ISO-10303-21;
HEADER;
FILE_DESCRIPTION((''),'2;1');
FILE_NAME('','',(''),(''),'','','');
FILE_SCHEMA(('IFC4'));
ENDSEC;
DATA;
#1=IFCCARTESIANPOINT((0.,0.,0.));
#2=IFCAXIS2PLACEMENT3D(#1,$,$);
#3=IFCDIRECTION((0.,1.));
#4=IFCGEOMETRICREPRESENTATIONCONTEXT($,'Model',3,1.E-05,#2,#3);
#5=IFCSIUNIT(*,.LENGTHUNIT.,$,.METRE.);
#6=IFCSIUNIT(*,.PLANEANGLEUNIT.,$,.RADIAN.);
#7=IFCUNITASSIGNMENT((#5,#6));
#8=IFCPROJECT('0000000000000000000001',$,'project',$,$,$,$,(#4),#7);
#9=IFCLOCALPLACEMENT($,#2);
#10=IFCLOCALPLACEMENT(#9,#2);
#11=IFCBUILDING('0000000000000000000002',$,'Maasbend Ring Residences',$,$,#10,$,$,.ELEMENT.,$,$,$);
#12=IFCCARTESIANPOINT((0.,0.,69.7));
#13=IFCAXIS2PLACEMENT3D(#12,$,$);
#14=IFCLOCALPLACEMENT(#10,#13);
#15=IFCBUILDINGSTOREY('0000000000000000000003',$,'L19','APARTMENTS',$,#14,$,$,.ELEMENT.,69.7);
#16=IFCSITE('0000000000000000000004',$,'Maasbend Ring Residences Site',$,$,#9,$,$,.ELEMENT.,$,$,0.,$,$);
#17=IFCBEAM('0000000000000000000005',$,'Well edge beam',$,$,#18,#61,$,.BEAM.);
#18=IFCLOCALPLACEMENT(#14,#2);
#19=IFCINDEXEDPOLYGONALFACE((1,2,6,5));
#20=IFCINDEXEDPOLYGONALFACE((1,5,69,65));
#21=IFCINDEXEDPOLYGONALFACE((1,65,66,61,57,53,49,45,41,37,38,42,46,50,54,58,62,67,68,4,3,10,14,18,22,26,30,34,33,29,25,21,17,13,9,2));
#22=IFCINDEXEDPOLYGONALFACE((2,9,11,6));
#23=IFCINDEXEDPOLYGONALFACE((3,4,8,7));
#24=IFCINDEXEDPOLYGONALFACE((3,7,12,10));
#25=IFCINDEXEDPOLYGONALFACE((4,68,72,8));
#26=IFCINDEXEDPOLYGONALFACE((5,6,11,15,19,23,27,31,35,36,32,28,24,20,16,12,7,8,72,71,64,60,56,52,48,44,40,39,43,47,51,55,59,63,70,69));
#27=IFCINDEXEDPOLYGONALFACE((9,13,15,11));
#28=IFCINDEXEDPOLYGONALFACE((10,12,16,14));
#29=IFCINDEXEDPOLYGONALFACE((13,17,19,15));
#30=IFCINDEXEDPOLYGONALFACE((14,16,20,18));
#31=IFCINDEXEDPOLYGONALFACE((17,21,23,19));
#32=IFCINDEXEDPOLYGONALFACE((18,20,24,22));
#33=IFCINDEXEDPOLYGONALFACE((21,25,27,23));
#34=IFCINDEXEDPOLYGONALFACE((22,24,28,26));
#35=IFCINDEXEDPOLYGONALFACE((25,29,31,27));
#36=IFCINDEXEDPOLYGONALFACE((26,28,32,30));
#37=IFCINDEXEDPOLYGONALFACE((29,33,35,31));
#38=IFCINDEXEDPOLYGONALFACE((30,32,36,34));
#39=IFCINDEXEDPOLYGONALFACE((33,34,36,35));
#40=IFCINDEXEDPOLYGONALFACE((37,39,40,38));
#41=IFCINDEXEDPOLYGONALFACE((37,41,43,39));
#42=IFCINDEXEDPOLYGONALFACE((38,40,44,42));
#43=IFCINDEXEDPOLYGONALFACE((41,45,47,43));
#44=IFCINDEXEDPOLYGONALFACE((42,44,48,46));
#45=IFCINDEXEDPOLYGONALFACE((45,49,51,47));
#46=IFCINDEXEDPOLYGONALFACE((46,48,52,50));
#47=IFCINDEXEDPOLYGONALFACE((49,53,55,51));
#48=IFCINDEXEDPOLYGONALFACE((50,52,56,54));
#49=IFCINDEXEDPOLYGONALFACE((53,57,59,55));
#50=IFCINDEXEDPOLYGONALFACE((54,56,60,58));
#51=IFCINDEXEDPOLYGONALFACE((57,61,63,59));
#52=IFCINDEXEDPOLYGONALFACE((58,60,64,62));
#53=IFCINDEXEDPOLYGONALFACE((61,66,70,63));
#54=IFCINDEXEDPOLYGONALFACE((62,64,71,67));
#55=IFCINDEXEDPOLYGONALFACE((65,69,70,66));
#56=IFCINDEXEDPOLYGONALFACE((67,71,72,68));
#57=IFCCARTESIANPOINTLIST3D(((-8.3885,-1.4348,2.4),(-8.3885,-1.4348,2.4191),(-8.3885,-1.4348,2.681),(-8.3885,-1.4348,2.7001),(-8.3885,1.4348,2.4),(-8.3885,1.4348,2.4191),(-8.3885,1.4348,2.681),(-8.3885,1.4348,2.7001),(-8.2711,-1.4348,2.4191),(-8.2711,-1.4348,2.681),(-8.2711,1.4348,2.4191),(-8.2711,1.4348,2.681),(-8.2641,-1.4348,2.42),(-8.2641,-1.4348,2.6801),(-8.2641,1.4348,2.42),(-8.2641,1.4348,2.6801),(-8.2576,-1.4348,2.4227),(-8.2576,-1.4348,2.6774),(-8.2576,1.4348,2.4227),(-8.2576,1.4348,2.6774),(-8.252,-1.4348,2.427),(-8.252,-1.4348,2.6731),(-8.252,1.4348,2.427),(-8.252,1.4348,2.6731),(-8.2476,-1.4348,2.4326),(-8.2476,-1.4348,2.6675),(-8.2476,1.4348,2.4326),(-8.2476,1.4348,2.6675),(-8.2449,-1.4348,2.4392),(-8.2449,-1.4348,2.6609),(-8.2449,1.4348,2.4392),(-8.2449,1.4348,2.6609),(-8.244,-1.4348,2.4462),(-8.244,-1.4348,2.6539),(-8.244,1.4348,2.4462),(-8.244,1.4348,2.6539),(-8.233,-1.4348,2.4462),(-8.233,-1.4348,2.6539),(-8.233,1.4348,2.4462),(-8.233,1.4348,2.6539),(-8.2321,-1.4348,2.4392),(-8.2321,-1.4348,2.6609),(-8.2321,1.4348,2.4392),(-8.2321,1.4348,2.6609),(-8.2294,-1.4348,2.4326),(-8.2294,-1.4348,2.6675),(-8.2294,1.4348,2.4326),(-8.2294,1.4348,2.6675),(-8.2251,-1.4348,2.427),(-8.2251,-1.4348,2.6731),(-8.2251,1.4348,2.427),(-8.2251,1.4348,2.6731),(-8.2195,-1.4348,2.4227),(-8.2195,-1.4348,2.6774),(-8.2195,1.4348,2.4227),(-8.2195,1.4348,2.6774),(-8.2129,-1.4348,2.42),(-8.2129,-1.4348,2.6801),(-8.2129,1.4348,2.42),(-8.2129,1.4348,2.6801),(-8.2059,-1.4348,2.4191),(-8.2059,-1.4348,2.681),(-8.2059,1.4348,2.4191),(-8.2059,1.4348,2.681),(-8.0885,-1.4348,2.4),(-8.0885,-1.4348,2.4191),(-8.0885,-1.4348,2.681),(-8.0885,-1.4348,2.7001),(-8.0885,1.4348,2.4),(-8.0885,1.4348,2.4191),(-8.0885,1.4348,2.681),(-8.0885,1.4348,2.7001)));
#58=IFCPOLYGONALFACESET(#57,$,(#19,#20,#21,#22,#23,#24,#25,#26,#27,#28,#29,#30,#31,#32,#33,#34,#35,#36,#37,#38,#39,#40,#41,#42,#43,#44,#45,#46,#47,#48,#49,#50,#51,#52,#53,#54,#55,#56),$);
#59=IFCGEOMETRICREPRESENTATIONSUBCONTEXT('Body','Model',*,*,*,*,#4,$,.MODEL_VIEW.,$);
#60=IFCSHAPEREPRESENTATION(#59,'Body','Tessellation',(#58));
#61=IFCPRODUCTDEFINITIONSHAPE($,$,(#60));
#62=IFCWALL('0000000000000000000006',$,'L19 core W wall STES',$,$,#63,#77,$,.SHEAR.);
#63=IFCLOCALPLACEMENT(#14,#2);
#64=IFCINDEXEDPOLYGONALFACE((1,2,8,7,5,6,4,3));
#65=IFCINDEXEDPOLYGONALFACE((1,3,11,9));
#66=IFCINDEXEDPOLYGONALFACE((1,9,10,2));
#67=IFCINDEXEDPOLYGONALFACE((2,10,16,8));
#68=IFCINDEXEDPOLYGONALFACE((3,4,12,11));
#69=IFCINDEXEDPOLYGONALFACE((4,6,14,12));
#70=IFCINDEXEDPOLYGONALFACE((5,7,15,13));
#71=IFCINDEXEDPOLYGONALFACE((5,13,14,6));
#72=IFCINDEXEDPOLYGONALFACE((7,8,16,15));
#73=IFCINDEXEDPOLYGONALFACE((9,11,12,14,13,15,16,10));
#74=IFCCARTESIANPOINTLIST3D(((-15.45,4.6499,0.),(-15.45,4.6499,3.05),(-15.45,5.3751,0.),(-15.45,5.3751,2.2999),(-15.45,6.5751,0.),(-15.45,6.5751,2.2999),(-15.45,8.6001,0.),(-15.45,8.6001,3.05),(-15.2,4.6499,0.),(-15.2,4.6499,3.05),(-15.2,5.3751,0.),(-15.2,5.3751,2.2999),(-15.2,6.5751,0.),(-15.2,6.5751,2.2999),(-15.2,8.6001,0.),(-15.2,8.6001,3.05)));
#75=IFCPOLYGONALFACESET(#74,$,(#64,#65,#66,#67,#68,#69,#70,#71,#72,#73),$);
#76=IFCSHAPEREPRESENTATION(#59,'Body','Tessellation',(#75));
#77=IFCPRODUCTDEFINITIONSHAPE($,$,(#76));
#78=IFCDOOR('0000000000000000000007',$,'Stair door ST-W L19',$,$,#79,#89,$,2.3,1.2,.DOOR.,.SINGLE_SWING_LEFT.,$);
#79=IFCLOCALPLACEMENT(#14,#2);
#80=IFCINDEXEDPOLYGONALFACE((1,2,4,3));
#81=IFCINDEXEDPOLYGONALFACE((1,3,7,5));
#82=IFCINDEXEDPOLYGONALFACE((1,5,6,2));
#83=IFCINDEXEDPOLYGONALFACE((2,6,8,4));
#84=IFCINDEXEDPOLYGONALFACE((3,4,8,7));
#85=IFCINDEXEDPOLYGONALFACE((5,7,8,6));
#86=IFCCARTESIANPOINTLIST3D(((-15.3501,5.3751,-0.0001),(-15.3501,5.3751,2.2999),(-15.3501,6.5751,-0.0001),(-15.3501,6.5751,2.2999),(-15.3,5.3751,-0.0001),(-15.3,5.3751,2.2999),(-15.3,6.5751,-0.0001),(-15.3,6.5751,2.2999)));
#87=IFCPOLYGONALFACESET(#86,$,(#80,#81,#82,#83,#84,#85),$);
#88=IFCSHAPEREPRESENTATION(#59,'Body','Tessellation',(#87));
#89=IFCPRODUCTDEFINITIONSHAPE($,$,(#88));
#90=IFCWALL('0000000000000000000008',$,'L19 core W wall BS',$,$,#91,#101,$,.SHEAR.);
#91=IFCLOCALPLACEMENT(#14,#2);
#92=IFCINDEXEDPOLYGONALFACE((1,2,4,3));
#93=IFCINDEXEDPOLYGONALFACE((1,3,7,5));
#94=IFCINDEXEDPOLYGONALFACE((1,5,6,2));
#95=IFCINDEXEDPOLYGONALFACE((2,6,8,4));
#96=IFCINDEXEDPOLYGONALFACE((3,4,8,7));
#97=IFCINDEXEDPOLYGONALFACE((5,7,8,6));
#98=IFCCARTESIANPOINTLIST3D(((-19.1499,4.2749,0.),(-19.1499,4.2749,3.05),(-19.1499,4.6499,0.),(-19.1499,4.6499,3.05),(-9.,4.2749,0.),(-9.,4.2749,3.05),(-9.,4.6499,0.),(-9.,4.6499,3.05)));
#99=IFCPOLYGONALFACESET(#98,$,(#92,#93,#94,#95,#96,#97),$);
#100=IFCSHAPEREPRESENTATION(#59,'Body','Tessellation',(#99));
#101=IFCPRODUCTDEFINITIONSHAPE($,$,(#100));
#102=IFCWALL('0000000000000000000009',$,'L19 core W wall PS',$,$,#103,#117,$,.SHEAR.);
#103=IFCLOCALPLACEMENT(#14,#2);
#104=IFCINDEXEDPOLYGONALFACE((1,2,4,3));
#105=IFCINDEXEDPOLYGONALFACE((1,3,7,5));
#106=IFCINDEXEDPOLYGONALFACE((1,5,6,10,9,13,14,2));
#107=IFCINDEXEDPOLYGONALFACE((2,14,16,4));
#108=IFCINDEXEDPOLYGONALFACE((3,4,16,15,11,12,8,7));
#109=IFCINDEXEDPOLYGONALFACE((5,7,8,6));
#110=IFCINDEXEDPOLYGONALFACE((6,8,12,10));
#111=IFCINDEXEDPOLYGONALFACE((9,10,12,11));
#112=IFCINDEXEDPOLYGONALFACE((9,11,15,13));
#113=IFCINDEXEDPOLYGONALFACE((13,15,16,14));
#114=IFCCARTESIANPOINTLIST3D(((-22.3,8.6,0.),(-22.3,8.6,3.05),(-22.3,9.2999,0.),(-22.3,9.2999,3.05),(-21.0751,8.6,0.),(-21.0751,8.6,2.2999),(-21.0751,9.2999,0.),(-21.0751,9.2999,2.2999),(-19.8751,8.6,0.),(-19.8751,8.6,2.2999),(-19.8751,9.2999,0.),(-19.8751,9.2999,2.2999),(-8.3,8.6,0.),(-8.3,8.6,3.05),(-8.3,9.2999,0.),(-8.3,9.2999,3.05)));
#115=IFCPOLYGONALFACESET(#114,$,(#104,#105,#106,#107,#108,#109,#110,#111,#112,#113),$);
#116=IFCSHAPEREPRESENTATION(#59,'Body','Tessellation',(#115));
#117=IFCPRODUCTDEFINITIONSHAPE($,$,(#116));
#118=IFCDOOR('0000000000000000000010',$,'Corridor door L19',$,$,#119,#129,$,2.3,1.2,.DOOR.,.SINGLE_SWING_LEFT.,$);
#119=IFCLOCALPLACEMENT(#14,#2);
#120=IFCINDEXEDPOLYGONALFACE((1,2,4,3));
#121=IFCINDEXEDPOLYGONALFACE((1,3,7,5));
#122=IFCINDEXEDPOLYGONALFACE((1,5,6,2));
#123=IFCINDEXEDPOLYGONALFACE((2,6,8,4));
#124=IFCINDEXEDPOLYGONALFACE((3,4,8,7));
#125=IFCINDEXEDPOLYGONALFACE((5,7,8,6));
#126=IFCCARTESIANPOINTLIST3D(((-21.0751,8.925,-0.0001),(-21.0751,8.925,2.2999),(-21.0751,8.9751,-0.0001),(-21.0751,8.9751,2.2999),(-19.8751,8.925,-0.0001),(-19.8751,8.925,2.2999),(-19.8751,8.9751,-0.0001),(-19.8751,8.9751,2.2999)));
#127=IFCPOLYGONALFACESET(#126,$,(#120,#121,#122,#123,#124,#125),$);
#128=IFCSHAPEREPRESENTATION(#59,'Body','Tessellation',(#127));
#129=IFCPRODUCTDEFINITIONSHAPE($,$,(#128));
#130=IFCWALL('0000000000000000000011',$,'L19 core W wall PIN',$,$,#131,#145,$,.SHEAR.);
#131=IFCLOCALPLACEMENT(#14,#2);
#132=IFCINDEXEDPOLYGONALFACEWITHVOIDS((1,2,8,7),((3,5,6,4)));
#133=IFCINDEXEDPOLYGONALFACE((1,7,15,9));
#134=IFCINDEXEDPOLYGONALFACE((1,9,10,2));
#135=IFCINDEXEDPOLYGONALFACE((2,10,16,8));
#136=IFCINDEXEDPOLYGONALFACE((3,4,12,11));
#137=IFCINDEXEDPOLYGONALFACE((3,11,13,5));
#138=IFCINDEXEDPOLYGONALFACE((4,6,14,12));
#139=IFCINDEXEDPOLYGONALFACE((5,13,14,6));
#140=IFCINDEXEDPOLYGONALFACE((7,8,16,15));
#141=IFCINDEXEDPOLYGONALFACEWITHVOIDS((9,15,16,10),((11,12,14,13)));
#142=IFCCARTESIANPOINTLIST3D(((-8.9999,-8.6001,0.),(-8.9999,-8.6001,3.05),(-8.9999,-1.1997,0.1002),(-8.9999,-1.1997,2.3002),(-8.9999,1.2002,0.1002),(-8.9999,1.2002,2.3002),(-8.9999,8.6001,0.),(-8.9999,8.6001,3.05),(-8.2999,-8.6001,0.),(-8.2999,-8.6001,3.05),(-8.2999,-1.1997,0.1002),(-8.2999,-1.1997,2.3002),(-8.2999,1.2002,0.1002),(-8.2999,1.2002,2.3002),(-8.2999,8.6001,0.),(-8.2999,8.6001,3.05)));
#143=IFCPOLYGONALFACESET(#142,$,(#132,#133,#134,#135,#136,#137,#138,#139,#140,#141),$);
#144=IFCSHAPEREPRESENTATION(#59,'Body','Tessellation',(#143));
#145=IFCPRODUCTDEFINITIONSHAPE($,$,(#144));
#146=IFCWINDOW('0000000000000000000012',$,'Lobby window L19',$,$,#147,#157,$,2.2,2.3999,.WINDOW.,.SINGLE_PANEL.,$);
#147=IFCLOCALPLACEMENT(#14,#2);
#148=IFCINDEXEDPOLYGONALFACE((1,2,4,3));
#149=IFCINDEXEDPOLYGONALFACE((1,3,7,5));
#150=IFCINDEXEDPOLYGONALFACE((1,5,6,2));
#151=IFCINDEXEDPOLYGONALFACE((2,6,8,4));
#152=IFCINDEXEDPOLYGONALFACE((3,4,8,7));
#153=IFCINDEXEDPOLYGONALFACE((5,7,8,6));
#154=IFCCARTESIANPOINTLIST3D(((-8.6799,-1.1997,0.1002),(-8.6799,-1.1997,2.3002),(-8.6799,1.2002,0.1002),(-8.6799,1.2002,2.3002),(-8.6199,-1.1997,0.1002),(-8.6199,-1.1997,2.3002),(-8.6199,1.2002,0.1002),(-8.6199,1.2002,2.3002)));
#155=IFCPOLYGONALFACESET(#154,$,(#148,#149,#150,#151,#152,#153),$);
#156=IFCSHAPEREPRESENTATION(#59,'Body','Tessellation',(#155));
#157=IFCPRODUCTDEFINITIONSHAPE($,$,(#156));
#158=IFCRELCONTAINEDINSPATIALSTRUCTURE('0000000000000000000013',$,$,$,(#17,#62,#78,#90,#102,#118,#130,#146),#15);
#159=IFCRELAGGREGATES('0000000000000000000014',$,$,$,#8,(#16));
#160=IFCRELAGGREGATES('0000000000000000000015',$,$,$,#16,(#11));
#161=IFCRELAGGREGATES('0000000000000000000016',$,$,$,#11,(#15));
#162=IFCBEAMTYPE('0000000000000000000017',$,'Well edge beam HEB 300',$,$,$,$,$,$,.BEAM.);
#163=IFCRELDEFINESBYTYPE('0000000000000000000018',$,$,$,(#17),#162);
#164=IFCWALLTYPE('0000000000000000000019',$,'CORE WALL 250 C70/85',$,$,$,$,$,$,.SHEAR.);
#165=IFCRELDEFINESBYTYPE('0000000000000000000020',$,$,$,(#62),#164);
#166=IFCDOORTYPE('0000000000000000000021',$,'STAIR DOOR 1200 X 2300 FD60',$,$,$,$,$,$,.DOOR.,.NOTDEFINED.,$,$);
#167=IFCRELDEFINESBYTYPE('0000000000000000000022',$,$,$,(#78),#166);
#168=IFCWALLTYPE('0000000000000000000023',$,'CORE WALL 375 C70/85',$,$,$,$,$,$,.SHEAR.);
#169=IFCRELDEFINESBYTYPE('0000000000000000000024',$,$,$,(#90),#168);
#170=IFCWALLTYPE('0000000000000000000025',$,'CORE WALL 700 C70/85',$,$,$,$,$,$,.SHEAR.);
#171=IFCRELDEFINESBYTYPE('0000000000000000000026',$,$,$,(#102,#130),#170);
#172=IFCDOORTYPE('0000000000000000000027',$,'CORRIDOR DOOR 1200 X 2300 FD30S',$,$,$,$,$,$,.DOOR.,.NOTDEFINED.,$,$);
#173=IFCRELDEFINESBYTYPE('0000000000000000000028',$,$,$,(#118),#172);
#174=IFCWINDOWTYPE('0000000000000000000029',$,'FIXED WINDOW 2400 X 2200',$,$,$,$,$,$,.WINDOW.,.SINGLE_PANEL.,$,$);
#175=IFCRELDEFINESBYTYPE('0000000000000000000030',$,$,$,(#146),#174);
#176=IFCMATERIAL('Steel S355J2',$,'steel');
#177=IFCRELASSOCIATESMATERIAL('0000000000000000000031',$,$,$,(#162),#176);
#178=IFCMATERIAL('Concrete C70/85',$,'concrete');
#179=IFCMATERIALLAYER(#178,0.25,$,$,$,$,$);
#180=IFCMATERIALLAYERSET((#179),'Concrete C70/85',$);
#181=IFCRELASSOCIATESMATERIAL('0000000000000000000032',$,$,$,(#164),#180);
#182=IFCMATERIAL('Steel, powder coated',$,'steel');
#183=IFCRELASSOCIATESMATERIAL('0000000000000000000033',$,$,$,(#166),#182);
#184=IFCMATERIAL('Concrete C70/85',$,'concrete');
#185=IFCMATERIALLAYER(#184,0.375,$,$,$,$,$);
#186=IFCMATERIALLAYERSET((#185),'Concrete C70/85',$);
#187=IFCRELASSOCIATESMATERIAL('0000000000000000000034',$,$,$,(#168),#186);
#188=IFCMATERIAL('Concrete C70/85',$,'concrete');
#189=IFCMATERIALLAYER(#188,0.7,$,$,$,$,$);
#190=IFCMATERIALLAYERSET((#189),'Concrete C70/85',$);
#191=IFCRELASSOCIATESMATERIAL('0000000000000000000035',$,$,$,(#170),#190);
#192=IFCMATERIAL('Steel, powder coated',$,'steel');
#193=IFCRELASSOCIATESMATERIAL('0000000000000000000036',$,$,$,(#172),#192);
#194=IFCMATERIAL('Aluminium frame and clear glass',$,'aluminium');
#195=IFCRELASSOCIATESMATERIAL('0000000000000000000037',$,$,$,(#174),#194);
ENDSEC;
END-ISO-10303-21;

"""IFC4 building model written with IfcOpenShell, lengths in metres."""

from ifc_helpers import new_model, si_unit, direction, frame, frame_2d, origin, origin_2d, place, context, subcontext, project, spatial, rectangle, i_section, extrude, material, layer, layer_set, material_profile, profile_set, type_object, element, fill, save


model = new_model("IFC4")

# Units and contexts
model_context = context("Model", 3, precision=1e-05, world=origin(), true_north=direction((0.0, 1.0)))
body_context = subcontext(model_context, "Body", "Model", "MODEL_VIEW")
ifc_project = project(units=[si_unit("LENGTHUNIT", "METRE"), si_unit("PLANEANGLEUNIT", "RADIAN")], contexts=[model_context])

# Site, building, storey
site_placement = place(None, origin())
site = spatial("IfcSite", under=ifc_project, at=site_placement, Name="Maasbend Ring Residences Site", CompositionType="ELEMENT", RefElevation=0.0)
building_placement = place(site_placement, origin())
building = spatial("IfcBuilding", under=site, at=building_placement, Name="Maasbend Ring Residences", CompositionType="ELEMENT")
storey_placement = place(building_placement, frame((0.0, 0.0, 69.7)))
storey = spatial("IfcBuildingStorey", under=building, at=storey_placement, Name="L19", Description="APARTMENTS", CompositionType="ELEMENT", Elevation=69.7)

# Beam
ifc_material_1 = material(Name="Steel S355J2", Category="steel")
ifc_material_profile = material_profile(ifc_material_1, i_section(OverallWidth=0.3, OverallDepth=0.3, WebThickness=0.011, FlangeThickness=0.019, FilletRadius=0.0271, at=origin_2d()), Name="HEB 300")
ifc_profile_set = profile_set([ifc_material_profile], Name="Steel S355J2")
beam_type = type_object("IfcBeamType", Name="Well edge beam HEB 300", PredefinedType="BEAM", material=ifc_profile_set)
beam_placement = place(storey_placement, frame((-8.2385, 1.4348, 2.55), z_axis=(0.0, -1.0, 0.0), x_axis=(1.0, 0.0, 0.0)))
element("IfcBeam", 1, at=beam_placement, inside=storey, type_object=beam_type, Name="Well edge beam", PredefinedType="BEAM", context=body_context, shape_type="SweptSolid", body=[
    extrude(i_section(OverallWidth=0.3, OverallDepth=0.3, WebThickness=0.011, FlangeThickness=0.019, FilletRadius=0.0271, at=origin_2d()), origin(), (0.0, 0.0, 1.0), 2.8696),
])

# Wall, opening, door
ifc_material_2 = material(Name="Concrete C70/85", Category="concrete")
ifc_layer_1 = layer(ifc_material_2, 0.25)
ifc_layer_set_1 = layer_set([ifc_layer_1], Name="Concrete C70/85")
wall_type_1 = type_object("IfcWallType", Name="CORE WALL 250 C70/85", PredefinedType="SHEAR", material=ifc_layer_set_1)
wall_1_placement = place(storey_placement, frame((-15.325, 8.6001, 0.0), z_axis=(0.0, 0.0, 1.0), x_axis=(0.0, -1.0, 0.0)))
wall_1 = element("IfcWall", 2, at=wall_1_placement, inside=storey, type_object=wall_type_1, Name="L19 core W wall STES", PredefinedType="SHEAR", context=body_context, shape_type="SweptSolid", body=[
    extrude(rectangle(XDim=3.9502, YDim=0.25, at=frame_2d((1.9751, 0.0))), origin(), (0.0, 0.0, 1.0), 3.05),
])
opening_1_placement = place(wall_1_placement, frame((2.0249, 0.0, 0.0)))
opening_1 = element("IfcOpeningElement", 3, at=opening_1_placement, cuts=wall_1, PredefinedType="OPENING", context=body_context, shape_type="SweptSolid", body=[
    extrude(rectangle(XDim=1.2, YDim=2.3, at=frame_2d((0.6001, 1.1499))), frame((0.0, 0.135, 0.0), z_axis=(0.0, -1.0, 0.0), x_axis=(1.0, 0.0, 0.0)), (0.0, 0.0, 1.0), 0.27),
])
ifc_material_3 = material(Name="Steel, powder coated", Category="steel")
door_type_1 = type_object("IfcDoorType", Name="STAIR DOOR 1200 X 2300 FD60", OperationType="NOTDEFINED", PredefinedType="DOOR", material=ifc_material_3)
door_1_placement = place(opening_1_placement, origin())
door_1 = element("IfcDoor", 4, at=door_1_placement, inside=storey, type_object=door_type_1, Name="Stair door ST-W L19", OperationType="SINGLE_SWING_LEFT", OverallHeight=2.3, OverallWidth=1.2, PredefinedType="DOOR", context=body_context, shape_type="SweptSolid", body=[
    extrude(rectangle(XDim=1.2, YDim=2.3, at=frame_2d((0.6001, 1.1499))), frame((0.0, 0.0249, 0.0), z_axis=(0.0, -1.0, 0.0), x_axis=(1.0, 0.0, 0.0)), (0.0, 0.0, 1.0), 0.05),
])
fill(opening_1, door_1)

# Wall
ifc_material_4 = material(Name="Concrete C70/85", Category="concrete")
ifc_layer_2 = layer(ifc_material_4, 0.375)
ifc_layer_set_2 = layer_set([ifc_layer_2], Name="Concrete C70/85")
wall_type_2 = type_object("IfcWallType", Name="CORE WALL 375 C70/85", PredefinedType="SHEAR", material=ifc_layer_set_2)
wall_2_placement = place(storey_placement, frame((-9.0, 4.4624, 0.0), z_axis=(0.0, 0.0, 1.0), x_axis=(-1.0, 0.0, 0.0)))
element("IfcWall", 5, at=wall_2_placement, inside=storey, type_object=wall_type_2, Name="L19 core W wall BS", PredefinedType="SHEAR", context=body_context, shape_type="SweptSolid", body=[
    extrude(rectangle(XDim=10.1499, YDim=0.375, at=frame_2d((5.075, 0.0))), origin(), (0.0, 0.0, 1.0), 3.05),
])

# Wall, opening, door
ifc_material_5 = material(Name="Concrete C70/85", Category="concrete")
ifc_layer_3 = layer(ifc_material_5, 0.7)
ifc_layer_set_3 = layer_set([ifc_layer_3], Name="Concrete C70/85")
wall_type_3 = type_object("IfcWallType", Name="CORE WALL 700 C70/85", PredefinedType="SHEAR", material=ifc_layer_set_3)
wall_3_placement = place(storey_placement, frame((-8.3, 8.95, 0.0), z_axis=(0.0, 0.0, 1.0), x_axis=(-1.0, 0.0, 0.0)))
wall_3 = element("IfcWall", 6, at=wall_3_placement, inside=storey, type_object=wall_type_3, Name="L19 core W wall PS", PredefinedType="SHEAR", context=body_context, shape_type="SweptSolid", body=[
    extrude(rectangle(XDim=14.0, YDim=0.7, at=frame_2d((7.0, 0.0))), origin(), (0.0, 0.0, 1.0), 3.05),
])
opening_2_placement = place(wall_3_placement, frame((11.575, 0.0, 0.0)))
opening_2 = element("IfcOpeningElement", 7, at=opening_2_placement, cuts=wall_3, PredefinedType="OPENING", context=body_context, shape_type="SweptSolid", body=[
    extrude(rectangle(XDim=1.2, YDim=2.3, at=frame_2d((0.6001, 1.1499))), frame((0.0, 0.3599, 0.0), z_axis=(0.0, -1.0, 0.0), x_axis=(1.0, 0.0, 0.0)), (0.0, 0.0, 1.0), 0.72),
])
ifc_material_6 = material(Name="Steel, powder coated", Category="steel")
door_type_2 = type_object("IfcDoorType", Name="CORRIDOR DOOR 1200 X 2300 FD30S", OperationType="NOTDEFINED", PredefinedType="DOOR", material=ifc_material_6)
door_2_placement = place(opening_2_placement, origin())
door_2 = element("IfcDoor", 8, at=door_2_placement, inside=storey, type_object=door_type_2, Name="Corridor door L19", OperationType="SINGLE_SWING_LEFT", OverallHeight=2.3, OverallWidth=1.2, PredefinedType="DOOR", context=body_context, shape_type="SweptSolid", body=[
    extrude(rectangle(XDim=1.2, YDim=2.3, at=frame_2d((0.6001, 1.1499))), frame((0.0, 0.0249, 0.0), z_axis=(0.0, -1.0, 0.0), x_axis=(1.0, 0.0, 0.0)), (0.0, 0.0, 1.0), 0.05),
])
fill(opening_2, door_2)

# Wall, opening, window
wall_4_placement = place(storey_placement, frame((-8.6499, 8.6001, 0.0), z_axis=(0.0, 0.0, 1.0), x_axis=(0.0, -1.0, 0.0)))
wall_4 = element("IfcWall", 9, at=wall_4_placement, inside=storey, type_object=wall_type_3, Name="L19 core W wall PIN", PredefinedType="SHEAR", context=body_context, shape_type="SweptSolid", body=[
    extrude(rectangle(XDim=17.2002, YDim=0.7, at=frame_2d((8.6001, 0.0))), origin(), (0.0, 0.0, 1.0), 3.05),
])
opening_3_placement = place(wall_4_placement, frame((7.3999, 0.0, 0.1001)))
opening_3 = element("IfcOpeningElement", 10, at=opening_3_placement, cuts=wall_4, PredefinedType="OPENING", context=body_context, shape_type="SweptSolid", body=[
    extrude(rectangle(XDim=2.3999, YDim=2.2, at=frame_2d((1.2, 1.1001))), frame((0.0, 0.3599, 0.0), z_axis=(0.0, -1.0, 0.0), x_axis=(1.0, 0.0, 0.0)), (0.0, 0.0, 1.0), 0.72),
])
ifc_material_7 = material(Name="Aluminium frame and clear glass", Category="aluminium")
window_type = type_object("IfcWindowType", Name="FIXED WINDOW 2400 X 2200", PartitioningType="SINGLE_PANEL", PredefinedType="WINDOW", material=ifc_material_7)
window_placement = place(opening_3_placement, origin())
window = element("IfcWindow", 11, at=window_placement, inside=storey, type_object=window_type, Name="Lobby window L19", OverallHeight=2.2, OverallWidth=2.3999, PartitioningType="SINGLE_PANEL", PredefinedType="WINDOW", context=body_context, shape_type="SweptSolid", body=[
    extrude(rectangle(XDim=2.3999, YDim=2.2, at=frame_2d((1.2, 1.1001))), frame((0.0, 0.03, 0.0), z_axis=(0.0, -1.0, 0.0), x_axis=(1.0, 0.0, 0.0)), (0.0, 0.0, 1.0), 0.0601),
])
fill(opening_3, window)

save(model, "model.ifc")
